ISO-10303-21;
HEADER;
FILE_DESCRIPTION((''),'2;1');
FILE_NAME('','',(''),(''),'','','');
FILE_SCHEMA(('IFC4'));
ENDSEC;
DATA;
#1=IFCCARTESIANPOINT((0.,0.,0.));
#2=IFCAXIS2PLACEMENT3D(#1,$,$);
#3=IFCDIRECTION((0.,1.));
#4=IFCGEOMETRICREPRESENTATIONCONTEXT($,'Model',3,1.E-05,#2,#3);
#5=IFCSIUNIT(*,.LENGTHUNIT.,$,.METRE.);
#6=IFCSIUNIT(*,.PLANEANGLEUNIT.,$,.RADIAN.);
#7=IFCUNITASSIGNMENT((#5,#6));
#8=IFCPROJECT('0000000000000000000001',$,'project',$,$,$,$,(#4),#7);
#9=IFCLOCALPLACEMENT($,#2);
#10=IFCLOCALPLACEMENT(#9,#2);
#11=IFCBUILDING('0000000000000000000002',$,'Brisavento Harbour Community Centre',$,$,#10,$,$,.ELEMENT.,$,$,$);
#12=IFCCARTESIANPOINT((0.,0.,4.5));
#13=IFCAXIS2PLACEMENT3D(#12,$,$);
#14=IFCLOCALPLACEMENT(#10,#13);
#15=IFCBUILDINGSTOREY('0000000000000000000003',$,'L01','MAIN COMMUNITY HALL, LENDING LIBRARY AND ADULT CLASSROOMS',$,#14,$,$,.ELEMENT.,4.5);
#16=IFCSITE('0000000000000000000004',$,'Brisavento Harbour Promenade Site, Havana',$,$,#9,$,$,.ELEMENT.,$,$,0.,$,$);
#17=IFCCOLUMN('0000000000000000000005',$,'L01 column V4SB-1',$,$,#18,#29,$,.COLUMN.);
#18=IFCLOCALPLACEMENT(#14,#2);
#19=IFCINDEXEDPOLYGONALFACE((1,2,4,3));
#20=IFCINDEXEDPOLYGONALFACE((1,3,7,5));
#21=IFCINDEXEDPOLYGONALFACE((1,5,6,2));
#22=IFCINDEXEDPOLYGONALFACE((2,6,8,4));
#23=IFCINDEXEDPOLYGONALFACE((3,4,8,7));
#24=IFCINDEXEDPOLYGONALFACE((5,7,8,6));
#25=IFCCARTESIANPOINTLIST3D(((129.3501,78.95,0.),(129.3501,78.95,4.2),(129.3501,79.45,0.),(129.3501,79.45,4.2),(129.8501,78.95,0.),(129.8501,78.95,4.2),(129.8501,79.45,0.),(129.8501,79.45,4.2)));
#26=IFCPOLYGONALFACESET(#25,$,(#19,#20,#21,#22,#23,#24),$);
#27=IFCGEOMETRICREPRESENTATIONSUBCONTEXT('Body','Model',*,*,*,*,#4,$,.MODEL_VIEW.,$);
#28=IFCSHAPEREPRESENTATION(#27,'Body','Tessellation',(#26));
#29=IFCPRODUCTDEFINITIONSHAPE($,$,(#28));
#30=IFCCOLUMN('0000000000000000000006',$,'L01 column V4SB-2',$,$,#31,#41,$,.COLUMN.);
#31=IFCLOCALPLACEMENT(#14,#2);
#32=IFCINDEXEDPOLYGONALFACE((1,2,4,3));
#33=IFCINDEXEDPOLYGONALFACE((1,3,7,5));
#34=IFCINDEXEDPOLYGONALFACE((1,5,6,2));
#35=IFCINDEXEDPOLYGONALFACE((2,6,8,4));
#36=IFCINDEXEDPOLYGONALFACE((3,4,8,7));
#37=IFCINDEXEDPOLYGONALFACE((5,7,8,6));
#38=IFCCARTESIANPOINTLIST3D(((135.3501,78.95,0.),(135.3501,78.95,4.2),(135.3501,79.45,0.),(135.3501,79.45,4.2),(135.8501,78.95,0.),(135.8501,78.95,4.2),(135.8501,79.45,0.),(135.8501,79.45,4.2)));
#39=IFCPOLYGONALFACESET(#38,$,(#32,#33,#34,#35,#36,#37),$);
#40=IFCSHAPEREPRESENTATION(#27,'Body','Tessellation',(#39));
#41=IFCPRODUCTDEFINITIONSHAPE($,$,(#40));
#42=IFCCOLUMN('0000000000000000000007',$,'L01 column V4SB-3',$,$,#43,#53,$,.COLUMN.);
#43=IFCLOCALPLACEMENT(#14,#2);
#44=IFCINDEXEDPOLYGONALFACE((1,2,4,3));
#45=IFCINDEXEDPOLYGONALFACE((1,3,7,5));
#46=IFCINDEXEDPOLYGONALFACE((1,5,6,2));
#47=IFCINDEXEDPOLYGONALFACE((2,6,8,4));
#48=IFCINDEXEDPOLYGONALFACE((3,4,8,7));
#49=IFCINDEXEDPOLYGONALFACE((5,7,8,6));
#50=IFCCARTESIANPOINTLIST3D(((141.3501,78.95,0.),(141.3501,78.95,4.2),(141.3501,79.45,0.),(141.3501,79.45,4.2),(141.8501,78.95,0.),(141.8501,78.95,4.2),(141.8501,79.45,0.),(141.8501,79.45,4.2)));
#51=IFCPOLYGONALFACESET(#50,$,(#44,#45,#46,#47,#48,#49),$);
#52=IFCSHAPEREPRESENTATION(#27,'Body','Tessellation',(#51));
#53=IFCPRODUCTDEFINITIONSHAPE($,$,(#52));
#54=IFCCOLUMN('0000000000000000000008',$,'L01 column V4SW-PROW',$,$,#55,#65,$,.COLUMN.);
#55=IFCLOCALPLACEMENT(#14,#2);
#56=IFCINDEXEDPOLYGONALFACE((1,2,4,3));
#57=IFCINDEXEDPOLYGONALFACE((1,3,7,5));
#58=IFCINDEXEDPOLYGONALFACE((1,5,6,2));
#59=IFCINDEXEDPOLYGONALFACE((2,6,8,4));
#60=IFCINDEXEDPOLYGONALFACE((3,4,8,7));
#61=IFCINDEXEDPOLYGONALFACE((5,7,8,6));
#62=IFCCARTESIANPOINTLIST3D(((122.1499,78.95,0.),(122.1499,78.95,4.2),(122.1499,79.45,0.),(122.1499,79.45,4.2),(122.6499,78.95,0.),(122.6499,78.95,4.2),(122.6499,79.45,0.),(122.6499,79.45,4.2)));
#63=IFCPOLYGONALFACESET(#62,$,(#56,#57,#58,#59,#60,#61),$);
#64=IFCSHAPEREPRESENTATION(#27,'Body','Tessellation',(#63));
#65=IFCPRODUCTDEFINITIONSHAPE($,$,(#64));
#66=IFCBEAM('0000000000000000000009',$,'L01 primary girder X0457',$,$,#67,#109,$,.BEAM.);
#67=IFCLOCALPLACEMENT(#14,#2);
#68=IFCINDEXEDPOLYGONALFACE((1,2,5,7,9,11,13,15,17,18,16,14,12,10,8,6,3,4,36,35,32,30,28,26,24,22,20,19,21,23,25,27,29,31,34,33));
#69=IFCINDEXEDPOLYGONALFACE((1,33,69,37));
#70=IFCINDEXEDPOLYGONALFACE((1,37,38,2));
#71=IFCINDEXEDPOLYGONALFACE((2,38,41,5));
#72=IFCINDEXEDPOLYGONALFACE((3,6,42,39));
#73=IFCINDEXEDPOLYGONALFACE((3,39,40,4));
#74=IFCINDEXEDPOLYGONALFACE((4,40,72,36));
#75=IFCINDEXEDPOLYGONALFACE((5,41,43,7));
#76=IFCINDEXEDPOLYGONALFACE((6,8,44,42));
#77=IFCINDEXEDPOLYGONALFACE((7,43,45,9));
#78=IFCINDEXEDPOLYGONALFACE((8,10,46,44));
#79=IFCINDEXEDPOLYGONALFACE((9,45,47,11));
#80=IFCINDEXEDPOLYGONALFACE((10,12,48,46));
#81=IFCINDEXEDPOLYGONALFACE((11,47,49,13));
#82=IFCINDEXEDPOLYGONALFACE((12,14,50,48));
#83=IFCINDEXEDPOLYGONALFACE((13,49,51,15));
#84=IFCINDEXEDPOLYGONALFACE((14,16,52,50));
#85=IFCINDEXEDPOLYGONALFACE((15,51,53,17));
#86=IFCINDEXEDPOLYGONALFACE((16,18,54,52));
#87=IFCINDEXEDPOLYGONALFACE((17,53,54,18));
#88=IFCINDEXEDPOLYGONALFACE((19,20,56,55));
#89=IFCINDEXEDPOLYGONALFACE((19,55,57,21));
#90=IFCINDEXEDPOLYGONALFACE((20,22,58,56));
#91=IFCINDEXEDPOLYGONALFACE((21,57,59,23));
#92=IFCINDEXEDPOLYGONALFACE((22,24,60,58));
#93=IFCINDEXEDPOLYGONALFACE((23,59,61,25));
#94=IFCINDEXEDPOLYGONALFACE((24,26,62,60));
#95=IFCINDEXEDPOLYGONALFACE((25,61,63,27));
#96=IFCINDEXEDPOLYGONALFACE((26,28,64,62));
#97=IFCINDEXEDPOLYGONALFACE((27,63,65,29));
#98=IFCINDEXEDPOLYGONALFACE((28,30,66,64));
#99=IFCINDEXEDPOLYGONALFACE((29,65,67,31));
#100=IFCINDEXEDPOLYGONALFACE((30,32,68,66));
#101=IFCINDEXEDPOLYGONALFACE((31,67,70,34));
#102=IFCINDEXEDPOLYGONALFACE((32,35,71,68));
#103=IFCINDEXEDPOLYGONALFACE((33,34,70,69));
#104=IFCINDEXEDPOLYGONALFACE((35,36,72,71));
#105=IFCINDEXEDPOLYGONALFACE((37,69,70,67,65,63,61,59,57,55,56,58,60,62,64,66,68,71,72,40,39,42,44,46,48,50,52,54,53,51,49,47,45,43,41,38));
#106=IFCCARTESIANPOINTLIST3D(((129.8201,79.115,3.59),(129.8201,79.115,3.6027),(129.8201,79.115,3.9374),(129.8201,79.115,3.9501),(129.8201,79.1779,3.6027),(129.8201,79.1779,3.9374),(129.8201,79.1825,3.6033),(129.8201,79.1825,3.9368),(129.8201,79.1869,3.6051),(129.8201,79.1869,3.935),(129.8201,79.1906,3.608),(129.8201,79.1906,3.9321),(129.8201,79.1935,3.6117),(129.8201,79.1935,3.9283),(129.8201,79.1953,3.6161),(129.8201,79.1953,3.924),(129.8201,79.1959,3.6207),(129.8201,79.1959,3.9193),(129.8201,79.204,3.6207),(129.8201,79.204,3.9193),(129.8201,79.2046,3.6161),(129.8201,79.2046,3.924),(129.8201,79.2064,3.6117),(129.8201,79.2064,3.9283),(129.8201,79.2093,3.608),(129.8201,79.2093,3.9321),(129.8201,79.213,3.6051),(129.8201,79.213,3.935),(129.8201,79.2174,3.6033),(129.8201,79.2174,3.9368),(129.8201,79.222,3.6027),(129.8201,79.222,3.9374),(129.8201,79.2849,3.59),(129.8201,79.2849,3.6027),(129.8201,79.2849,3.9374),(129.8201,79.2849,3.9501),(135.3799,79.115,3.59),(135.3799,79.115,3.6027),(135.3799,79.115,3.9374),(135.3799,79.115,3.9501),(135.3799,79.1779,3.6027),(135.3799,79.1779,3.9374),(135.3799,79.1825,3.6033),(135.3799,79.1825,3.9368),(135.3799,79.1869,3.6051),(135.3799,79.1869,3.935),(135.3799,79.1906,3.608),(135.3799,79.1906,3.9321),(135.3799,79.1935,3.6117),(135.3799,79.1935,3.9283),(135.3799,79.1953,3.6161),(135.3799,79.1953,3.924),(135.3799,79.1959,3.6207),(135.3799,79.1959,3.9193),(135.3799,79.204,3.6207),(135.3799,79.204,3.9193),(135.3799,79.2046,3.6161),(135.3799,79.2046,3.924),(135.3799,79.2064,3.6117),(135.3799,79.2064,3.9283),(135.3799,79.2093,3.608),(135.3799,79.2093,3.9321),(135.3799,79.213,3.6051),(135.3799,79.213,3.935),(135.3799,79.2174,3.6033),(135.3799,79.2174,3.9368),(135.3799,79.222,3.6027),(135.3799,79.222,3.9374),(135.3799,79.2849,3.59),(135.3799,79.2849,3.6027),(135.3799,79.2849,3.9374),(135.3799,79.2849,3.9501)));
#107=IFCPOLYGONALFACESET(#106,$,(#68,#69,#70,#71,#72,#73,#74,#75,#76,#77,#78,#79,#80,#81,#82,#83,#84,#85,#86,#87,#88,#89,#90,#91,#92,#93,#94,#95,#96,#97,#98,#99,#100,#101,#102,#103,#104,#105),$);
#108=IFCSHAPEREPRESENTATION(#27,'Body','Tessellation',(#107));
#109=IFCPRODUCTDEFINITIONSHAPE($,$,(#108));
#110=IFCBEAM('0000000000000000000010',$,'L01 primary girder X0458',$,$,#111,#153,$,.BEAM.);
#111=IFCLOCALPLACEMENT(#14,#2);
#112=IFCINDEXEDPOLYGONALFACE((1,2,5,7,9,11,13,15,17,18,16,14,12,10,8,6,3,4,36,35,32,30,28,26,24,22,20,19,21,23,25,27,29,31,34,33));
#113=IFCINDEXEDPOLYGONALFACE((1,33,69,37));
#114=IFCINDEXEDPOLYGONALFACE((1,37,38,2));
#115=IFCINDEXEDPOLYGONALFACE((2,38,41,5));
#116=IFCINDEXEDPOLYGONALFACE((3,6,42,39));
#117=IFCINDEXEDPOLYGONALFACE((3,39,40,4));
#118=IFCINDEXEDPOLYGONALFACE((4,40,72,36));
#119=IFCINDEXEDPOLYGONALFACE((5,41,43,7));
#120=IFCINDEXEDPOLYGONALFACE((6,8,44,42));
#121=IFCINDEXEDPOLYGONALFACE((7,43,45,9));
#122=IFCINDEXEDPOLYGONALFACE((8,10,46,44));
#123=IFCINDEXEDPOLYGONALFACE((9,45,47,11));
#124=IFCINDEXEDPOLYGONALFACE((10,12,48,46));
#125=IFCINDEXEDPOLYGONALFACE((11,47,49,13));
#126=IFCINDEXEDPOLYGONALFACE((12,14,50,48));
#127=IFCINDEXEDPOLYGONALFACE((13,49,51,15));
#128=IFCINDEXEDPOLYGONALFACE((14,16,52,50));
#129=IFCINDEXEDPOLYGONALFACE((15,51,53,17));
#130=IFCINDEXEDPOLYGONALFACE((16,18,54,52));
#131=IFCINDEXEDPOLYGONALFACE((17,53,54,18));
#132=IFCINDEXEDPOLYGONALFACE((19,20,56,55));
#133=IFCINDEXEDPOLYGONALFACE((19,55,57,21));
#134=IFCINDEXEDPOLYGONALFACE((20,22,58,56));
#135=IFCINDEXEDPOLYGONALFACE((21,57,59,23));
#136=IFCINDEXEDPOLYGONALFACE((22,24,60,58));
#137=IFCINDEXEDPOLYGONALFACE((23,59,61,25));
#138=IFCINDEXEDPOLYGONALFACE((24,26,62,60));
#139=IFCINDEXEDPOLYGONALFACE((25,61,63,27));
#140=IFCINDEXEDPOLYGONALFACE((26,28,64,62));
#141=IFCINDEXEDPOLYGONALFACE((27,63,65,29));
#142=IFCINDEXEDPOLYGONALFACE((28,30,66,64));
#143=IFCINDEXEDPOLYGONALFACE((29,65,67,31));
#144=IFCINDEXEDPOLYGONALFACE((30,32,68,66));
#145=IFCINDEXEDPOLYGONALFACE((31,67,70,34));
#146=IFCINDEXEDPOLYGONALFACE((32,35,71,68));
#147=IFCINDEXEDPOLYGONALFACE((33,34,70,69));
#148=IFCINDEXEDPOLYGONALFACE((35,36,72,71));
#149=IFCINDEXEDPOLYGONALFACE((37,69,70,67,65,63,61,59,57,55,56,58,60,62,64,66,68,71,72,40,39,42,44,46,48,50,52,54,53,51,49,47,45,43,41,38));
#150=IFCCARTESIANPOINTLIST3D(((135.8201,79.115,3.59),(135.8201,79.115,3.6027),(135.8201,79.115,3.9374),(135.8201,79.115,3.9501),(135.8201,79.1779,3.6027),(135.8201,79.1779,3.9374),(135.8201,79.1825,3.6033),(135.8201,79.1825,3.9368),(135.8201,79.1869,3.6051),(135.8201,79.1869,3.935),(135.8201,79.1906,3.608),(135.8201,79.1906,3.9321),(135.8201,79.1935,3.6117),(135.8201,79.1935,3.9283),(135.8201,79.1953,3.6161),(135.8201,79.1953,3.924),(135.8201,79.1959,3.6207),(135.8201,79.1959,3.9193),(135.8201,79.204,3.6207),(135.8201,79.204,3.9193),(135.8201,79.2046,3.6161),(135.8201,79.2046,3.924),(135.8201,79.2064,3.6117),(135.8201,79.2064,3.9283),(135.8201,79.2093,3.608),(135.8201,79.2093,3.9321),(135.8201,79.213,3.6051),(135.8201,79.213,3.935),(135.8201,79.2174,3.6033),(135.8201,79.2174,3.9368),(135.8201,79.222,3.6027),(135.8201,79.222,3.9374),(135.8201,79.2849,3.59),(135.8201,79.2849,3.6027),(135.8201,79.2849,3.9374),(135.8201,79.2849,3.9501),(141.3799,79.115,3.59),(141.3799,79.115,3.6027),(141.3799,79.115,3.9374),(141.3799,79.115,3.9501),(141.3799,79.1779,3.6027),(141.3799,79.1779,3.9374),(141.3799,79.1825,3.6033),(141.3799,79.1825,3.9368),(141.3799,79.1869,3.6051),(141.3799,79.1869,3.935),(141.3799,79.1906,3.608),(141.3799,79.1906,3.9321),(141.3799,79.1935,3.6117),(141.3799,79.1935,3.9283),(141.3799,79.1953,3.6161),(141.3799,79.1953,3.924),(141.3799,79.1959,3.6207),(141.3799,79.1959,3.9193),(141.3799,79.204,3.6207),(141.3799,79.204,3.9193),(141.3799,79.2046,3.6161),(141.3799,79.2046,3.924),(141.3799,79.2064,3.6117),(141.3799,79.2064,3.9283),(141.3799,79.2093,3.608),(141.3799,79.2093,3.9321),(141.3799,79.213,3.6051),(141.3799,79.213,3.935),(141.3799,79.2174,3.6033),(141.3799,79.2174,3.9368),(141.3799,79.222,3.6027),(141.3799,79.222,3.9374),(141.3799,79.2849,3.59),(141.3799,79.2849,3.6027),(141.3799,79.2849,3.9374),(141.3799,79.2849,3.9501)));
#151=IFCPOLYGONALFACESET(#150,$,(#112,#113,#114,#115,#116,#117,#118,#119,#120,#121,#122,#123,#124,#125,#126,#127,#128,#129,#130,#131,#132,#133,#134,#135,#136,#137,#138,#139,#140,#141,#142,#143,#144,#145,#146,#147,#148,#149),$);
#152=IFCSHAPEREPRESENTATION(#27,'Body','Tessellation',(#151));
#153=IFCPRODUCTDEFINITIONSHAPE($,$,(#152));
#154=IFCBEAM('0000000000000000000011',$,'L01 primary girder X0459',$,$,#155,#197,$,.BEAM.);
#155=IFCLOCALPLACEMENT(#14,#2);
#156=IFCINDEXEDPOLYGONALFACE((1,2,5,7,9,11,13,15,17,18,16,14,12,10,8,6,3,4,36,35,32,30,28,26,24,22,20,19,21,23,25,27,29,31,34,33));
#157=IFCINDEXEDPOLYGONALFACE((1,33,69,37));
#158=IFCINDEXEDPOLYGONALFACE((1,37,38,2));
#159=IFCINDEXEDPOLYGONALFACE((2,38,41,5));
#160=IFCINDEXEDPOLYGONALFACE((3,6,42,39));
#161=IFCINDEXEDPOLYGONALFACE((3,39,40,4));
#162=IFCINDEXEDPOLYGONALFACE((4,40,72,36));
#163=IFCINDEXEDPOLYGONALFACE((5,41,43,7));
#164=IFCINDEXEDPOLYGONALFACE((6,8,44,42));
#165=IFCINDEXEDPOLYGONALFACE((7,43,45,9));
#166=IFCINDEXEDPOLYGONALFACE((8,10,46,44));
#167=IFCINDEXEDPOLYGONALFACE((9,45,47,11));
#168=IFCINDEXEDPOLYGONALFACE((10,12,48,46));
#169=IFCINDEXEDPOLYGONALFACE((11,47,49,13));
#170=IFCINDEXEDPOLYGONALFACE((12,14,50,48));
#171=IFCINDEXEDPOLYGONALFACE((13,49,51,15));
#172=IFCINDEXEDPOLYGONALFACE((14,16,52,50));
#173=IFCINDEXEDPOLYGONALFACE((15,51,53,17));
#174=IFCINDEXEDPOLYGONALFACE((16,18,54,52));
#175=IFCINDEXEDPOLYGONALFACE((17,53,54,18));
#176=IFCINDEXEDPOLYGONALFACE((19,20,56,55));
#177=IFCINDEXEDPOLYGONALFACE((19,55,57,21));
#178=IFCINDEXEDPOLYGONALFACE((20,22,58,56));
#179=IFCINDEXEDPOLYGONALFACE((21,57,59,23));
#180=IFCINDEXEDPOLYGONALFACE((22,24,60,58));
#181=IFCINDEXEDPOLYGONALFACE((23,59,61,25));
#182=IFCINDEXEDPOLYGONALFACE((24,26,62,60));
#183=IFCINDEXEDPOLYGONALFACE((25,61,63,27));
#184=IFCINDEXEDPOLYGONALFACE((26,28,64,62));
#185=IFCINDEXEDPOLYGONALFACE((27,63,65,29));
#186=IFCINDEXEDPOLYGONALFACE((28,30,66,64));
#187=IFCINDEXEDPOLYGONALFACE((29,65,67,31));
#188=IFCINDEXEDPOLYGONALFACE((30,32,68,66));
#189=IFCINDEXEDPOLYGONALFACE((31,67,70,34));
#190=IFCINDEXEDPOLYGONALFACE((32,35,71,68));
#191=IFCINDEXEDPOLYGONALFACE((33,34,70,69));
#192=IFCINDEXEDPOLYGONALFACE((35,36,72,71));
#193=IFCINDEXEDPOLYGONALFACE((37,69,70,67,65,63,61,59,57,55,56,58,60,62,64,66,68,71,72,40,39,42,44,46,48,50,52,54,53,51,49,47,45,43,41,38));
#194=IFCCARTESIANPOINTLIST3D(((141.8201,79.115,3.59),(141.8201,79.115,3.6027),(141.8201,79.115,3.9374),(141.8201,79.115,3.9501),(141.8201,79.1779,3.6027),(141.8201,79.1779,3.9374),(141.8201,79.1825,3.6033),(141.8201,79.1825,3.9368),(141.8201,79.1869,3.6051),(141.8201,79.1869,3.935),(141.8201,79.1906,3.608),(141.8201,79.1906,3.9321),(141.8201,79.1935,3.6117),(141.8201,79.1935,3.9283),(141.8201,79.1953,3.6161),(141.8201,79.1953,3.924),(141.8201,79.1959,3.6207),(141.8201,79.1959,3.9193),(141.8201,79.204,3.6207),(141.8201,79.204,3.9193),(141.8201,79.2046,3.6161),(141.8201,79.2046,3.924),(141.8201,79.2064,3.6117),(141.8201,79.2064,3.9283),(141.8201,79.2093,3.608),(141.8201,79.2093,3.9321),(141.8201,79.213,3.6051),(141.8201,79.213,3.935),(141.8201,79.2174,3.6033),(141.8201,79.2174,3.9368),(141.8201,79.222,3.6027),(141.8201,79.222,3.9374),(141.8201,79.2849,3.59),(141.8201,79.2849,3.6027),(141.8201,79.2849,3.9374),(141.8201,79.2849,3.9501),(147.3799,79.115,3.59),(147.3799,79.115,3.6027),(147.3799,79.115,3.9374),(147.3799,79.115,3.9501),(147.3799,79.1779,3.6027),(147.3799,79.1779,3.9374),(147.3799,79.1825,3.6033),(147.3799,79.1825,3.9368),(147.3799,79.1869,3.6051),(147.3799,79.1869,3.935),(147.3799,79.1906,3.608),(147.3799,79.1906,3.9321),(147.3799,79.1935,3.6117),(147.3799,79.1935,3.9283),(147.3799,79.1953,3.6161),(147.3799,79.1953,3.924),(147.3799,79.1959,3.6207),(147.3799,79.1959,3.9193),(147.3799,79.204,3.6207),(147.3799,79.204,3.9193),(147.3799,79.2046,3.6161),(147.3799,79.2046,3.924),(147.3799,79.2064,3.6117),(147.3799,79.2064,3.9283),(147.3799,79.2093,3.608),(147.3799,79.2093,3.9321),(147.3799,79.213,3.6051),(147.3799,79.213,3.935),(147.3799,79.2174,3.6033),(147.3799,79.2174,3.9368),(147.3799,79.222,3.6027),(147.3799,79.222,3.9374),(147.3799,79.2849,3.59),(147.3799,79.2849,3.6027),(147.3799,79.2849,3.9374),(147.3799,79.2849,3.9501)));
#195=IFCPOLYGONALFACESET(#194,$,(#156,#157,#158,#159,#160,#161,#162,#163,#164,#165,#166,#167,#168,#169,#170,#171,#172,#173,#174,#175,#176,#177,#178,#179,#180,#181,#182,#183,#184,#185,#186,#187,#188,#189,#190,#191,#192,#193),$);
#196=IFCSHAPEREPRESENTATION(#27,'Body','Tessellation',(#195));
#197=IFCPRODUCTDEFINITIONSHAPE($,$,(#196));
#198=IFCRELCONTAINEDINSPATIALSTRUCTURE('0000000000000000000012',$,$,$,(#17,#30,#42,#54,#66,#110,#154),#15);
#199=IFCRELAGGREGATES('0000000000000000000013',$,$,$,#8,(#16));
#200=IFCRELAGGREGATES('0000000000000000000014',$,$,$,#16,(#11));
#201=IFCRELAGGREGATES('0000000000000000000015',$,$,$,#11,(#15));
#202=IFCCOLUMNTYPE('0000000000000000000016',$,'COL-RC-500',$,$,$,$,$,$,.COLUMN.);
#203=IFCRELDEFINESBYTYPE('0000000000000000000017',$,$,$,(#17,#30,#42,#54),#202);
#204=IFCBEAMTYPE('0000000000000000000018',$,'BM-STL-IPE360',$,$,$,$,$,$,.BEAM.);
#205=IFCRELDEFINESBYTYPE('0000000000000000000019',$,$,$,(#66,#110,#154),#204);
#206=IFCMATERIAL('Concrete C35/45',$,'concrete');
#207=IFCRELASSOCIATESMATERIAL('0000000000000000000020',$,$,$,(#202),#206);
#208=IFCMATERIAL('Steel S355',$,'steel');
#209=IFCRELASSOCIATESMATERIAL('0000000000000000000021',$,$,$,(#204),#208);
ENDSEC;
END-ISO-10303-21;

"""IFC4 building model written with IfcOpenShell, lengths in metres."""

from ifc_helpers import new_model, si_unit, direction, frame, origin, origin_2d, place, context, subcontext, project, spatial, rectangle, i_section, extrude, material, material_profile, profile_set, type_object, element, save


model = new_model("IFC4")

# Units and contexts
model_context = context("Model", 3, precision=1e-05, world=origin(), true_north=direction((0.0, 1.0)))
body_context = subcontext(model_context, "Body", "Model", "MODEL_VIEW")
ifc_project = project(units=[si_unit("LENGTHUNIT", "METRE"), si_unit("PLANEANGLEUNIT", "RADIAN")], contexts=[model_context])

# Site, building, storey
site_placement = place(None, origin())
site = spatial("IfcSite", under=ifc_project, at=site_placement, Name="Brisavento Harbour Promenade Site, Havana", CompositionType="ELEMENT", RefElevation=0.0)
building_placement = place(site_placement, origin())
building = spatial("IfcBuilding", under=site, at=building_placement, Name="Brisavento Harbour Community Centre", CompositionType="ELEMENT")
storey_placement = place(building_placement, frame((0.0, 0.0, 4.5)))
storey = spatial("IfcBuildingStorey", under=building, at=storey_placement, Name="L01", Description="MAIN COMMUNITY HALL, LENDING LIBRARY AND ADULT CLASSROOMS", CompositionType="ELEMENT", Elevation=4.5)

# Columns
ifc_material_1 = material(Name="Concrete C35/45", Category="concrete")
ifc_material_profile_1 = material_profile(ifc_material_1, rectangle(XDim=0.5, YDim=0.5, at=origin_2d()), Name="Concrete C35/45")
ifc_profile_set_1 = profile_set([ifc_material_profile_1], Name="Concrete C35/45")
column_type = type_object("IfcColumnType", Name="COL-RC-500", PredefinedType="COLUMN", material=ifc_profile_set_1)
for number, where, z_axis, x_axis, name in (
    (1, (129.6001, 79.2, 0.0), (0.0, 0.0, 1.0), (1.0, 0.0, 0.0), "L01 column V4SB-1"),
    (2, (135.6001, 79.2, 0.0), (0.0, 0.0, 1.0), (1.0, 0.0, 0.0), "L01 column V4SB-2"),
    (3, (141.6001, 79.2, 0.0), (0.0, 0.0, 1.0), (1.0, 0.0, 0.0), "L01 column V4SB-3"),
    (4, (122.3999, 79.2, 0.0), (0.0, 0.0, 1.0), (1.0, 0.0, 0.0), "L01 column V4SW-PROW"),
):
    element("IfcColumn", number, at=place(storey_placement, frame(where, z_axis=z_axis, x_axis=x_axis)), inside=storey, type_object=column_type, Name=name, PredefinedType="COLUMN", context=body_context, shape_type="SweptSolid", body=[
        extrude(rectangle(XDim=0.5, YDim=0.5, at=origin_2d()), origin(), (0.0, 0.0, 1.0), 4.2),
    ])

# Beams
ifc_material_2 = material(Name="Steel S355", Category="steel")
ifc_material_profile_2 = material_profile(ifc_material_2, i_section(OverallWidth=0.1699, OverallDepth=0.3601, WebThickness=0.0081, FlangeThickness=0.0127, FilletRadius=0.0181, at=origin_2d()), Name="Steel S355")
ifc_profile_set_2 = profile_set([ifc_material_profile_2], Name="Steel S355")
beam_type_1 = type_object("IfcBeamType", Name="BM-STL-IPE360", PredefinedType="BEAM", material=ifc_profile_set_2)
for number, where, z_axis, x_axis, name in (
    (5, (129.8201, 79.2, 3.77), (1.0, 0.0, 0.0), (0.0, 1.0, 0.0), "L01 primary girder X0457"),
    (6, (135.8201, 79.2, 3.77), (1.0, 0.0, 0.0), (0.0, 1.0, 0.0), "L01 primary girder X0458"),
    (7, (141.8201, 79.2, 3.77), (1.0, 0.0, 0.0), (0.0, 1.0, 0.0), "L01 primary girder X0459"),
):
    element("IfcBeam", number, at=place(storey_placement, frame(where, z_axis=z_axis, x_axis=x_axis)), inside=storey, type_object=beam_type_1, Name=name, PredefinedType="BEAM", context=body_context, shape_type="SweptSolid", body=[
        extrude(i_section(OverallWidth=0.1699, OverallDepth=0.3601, WebThickness=0.0081, FlangeThickness=0.0127, FilletRadius=0.0181, at=origin_2d()), origin(), (0.0, 0.0, 1.0), 5.5598),
    ])

save(model, "model.ifc")
